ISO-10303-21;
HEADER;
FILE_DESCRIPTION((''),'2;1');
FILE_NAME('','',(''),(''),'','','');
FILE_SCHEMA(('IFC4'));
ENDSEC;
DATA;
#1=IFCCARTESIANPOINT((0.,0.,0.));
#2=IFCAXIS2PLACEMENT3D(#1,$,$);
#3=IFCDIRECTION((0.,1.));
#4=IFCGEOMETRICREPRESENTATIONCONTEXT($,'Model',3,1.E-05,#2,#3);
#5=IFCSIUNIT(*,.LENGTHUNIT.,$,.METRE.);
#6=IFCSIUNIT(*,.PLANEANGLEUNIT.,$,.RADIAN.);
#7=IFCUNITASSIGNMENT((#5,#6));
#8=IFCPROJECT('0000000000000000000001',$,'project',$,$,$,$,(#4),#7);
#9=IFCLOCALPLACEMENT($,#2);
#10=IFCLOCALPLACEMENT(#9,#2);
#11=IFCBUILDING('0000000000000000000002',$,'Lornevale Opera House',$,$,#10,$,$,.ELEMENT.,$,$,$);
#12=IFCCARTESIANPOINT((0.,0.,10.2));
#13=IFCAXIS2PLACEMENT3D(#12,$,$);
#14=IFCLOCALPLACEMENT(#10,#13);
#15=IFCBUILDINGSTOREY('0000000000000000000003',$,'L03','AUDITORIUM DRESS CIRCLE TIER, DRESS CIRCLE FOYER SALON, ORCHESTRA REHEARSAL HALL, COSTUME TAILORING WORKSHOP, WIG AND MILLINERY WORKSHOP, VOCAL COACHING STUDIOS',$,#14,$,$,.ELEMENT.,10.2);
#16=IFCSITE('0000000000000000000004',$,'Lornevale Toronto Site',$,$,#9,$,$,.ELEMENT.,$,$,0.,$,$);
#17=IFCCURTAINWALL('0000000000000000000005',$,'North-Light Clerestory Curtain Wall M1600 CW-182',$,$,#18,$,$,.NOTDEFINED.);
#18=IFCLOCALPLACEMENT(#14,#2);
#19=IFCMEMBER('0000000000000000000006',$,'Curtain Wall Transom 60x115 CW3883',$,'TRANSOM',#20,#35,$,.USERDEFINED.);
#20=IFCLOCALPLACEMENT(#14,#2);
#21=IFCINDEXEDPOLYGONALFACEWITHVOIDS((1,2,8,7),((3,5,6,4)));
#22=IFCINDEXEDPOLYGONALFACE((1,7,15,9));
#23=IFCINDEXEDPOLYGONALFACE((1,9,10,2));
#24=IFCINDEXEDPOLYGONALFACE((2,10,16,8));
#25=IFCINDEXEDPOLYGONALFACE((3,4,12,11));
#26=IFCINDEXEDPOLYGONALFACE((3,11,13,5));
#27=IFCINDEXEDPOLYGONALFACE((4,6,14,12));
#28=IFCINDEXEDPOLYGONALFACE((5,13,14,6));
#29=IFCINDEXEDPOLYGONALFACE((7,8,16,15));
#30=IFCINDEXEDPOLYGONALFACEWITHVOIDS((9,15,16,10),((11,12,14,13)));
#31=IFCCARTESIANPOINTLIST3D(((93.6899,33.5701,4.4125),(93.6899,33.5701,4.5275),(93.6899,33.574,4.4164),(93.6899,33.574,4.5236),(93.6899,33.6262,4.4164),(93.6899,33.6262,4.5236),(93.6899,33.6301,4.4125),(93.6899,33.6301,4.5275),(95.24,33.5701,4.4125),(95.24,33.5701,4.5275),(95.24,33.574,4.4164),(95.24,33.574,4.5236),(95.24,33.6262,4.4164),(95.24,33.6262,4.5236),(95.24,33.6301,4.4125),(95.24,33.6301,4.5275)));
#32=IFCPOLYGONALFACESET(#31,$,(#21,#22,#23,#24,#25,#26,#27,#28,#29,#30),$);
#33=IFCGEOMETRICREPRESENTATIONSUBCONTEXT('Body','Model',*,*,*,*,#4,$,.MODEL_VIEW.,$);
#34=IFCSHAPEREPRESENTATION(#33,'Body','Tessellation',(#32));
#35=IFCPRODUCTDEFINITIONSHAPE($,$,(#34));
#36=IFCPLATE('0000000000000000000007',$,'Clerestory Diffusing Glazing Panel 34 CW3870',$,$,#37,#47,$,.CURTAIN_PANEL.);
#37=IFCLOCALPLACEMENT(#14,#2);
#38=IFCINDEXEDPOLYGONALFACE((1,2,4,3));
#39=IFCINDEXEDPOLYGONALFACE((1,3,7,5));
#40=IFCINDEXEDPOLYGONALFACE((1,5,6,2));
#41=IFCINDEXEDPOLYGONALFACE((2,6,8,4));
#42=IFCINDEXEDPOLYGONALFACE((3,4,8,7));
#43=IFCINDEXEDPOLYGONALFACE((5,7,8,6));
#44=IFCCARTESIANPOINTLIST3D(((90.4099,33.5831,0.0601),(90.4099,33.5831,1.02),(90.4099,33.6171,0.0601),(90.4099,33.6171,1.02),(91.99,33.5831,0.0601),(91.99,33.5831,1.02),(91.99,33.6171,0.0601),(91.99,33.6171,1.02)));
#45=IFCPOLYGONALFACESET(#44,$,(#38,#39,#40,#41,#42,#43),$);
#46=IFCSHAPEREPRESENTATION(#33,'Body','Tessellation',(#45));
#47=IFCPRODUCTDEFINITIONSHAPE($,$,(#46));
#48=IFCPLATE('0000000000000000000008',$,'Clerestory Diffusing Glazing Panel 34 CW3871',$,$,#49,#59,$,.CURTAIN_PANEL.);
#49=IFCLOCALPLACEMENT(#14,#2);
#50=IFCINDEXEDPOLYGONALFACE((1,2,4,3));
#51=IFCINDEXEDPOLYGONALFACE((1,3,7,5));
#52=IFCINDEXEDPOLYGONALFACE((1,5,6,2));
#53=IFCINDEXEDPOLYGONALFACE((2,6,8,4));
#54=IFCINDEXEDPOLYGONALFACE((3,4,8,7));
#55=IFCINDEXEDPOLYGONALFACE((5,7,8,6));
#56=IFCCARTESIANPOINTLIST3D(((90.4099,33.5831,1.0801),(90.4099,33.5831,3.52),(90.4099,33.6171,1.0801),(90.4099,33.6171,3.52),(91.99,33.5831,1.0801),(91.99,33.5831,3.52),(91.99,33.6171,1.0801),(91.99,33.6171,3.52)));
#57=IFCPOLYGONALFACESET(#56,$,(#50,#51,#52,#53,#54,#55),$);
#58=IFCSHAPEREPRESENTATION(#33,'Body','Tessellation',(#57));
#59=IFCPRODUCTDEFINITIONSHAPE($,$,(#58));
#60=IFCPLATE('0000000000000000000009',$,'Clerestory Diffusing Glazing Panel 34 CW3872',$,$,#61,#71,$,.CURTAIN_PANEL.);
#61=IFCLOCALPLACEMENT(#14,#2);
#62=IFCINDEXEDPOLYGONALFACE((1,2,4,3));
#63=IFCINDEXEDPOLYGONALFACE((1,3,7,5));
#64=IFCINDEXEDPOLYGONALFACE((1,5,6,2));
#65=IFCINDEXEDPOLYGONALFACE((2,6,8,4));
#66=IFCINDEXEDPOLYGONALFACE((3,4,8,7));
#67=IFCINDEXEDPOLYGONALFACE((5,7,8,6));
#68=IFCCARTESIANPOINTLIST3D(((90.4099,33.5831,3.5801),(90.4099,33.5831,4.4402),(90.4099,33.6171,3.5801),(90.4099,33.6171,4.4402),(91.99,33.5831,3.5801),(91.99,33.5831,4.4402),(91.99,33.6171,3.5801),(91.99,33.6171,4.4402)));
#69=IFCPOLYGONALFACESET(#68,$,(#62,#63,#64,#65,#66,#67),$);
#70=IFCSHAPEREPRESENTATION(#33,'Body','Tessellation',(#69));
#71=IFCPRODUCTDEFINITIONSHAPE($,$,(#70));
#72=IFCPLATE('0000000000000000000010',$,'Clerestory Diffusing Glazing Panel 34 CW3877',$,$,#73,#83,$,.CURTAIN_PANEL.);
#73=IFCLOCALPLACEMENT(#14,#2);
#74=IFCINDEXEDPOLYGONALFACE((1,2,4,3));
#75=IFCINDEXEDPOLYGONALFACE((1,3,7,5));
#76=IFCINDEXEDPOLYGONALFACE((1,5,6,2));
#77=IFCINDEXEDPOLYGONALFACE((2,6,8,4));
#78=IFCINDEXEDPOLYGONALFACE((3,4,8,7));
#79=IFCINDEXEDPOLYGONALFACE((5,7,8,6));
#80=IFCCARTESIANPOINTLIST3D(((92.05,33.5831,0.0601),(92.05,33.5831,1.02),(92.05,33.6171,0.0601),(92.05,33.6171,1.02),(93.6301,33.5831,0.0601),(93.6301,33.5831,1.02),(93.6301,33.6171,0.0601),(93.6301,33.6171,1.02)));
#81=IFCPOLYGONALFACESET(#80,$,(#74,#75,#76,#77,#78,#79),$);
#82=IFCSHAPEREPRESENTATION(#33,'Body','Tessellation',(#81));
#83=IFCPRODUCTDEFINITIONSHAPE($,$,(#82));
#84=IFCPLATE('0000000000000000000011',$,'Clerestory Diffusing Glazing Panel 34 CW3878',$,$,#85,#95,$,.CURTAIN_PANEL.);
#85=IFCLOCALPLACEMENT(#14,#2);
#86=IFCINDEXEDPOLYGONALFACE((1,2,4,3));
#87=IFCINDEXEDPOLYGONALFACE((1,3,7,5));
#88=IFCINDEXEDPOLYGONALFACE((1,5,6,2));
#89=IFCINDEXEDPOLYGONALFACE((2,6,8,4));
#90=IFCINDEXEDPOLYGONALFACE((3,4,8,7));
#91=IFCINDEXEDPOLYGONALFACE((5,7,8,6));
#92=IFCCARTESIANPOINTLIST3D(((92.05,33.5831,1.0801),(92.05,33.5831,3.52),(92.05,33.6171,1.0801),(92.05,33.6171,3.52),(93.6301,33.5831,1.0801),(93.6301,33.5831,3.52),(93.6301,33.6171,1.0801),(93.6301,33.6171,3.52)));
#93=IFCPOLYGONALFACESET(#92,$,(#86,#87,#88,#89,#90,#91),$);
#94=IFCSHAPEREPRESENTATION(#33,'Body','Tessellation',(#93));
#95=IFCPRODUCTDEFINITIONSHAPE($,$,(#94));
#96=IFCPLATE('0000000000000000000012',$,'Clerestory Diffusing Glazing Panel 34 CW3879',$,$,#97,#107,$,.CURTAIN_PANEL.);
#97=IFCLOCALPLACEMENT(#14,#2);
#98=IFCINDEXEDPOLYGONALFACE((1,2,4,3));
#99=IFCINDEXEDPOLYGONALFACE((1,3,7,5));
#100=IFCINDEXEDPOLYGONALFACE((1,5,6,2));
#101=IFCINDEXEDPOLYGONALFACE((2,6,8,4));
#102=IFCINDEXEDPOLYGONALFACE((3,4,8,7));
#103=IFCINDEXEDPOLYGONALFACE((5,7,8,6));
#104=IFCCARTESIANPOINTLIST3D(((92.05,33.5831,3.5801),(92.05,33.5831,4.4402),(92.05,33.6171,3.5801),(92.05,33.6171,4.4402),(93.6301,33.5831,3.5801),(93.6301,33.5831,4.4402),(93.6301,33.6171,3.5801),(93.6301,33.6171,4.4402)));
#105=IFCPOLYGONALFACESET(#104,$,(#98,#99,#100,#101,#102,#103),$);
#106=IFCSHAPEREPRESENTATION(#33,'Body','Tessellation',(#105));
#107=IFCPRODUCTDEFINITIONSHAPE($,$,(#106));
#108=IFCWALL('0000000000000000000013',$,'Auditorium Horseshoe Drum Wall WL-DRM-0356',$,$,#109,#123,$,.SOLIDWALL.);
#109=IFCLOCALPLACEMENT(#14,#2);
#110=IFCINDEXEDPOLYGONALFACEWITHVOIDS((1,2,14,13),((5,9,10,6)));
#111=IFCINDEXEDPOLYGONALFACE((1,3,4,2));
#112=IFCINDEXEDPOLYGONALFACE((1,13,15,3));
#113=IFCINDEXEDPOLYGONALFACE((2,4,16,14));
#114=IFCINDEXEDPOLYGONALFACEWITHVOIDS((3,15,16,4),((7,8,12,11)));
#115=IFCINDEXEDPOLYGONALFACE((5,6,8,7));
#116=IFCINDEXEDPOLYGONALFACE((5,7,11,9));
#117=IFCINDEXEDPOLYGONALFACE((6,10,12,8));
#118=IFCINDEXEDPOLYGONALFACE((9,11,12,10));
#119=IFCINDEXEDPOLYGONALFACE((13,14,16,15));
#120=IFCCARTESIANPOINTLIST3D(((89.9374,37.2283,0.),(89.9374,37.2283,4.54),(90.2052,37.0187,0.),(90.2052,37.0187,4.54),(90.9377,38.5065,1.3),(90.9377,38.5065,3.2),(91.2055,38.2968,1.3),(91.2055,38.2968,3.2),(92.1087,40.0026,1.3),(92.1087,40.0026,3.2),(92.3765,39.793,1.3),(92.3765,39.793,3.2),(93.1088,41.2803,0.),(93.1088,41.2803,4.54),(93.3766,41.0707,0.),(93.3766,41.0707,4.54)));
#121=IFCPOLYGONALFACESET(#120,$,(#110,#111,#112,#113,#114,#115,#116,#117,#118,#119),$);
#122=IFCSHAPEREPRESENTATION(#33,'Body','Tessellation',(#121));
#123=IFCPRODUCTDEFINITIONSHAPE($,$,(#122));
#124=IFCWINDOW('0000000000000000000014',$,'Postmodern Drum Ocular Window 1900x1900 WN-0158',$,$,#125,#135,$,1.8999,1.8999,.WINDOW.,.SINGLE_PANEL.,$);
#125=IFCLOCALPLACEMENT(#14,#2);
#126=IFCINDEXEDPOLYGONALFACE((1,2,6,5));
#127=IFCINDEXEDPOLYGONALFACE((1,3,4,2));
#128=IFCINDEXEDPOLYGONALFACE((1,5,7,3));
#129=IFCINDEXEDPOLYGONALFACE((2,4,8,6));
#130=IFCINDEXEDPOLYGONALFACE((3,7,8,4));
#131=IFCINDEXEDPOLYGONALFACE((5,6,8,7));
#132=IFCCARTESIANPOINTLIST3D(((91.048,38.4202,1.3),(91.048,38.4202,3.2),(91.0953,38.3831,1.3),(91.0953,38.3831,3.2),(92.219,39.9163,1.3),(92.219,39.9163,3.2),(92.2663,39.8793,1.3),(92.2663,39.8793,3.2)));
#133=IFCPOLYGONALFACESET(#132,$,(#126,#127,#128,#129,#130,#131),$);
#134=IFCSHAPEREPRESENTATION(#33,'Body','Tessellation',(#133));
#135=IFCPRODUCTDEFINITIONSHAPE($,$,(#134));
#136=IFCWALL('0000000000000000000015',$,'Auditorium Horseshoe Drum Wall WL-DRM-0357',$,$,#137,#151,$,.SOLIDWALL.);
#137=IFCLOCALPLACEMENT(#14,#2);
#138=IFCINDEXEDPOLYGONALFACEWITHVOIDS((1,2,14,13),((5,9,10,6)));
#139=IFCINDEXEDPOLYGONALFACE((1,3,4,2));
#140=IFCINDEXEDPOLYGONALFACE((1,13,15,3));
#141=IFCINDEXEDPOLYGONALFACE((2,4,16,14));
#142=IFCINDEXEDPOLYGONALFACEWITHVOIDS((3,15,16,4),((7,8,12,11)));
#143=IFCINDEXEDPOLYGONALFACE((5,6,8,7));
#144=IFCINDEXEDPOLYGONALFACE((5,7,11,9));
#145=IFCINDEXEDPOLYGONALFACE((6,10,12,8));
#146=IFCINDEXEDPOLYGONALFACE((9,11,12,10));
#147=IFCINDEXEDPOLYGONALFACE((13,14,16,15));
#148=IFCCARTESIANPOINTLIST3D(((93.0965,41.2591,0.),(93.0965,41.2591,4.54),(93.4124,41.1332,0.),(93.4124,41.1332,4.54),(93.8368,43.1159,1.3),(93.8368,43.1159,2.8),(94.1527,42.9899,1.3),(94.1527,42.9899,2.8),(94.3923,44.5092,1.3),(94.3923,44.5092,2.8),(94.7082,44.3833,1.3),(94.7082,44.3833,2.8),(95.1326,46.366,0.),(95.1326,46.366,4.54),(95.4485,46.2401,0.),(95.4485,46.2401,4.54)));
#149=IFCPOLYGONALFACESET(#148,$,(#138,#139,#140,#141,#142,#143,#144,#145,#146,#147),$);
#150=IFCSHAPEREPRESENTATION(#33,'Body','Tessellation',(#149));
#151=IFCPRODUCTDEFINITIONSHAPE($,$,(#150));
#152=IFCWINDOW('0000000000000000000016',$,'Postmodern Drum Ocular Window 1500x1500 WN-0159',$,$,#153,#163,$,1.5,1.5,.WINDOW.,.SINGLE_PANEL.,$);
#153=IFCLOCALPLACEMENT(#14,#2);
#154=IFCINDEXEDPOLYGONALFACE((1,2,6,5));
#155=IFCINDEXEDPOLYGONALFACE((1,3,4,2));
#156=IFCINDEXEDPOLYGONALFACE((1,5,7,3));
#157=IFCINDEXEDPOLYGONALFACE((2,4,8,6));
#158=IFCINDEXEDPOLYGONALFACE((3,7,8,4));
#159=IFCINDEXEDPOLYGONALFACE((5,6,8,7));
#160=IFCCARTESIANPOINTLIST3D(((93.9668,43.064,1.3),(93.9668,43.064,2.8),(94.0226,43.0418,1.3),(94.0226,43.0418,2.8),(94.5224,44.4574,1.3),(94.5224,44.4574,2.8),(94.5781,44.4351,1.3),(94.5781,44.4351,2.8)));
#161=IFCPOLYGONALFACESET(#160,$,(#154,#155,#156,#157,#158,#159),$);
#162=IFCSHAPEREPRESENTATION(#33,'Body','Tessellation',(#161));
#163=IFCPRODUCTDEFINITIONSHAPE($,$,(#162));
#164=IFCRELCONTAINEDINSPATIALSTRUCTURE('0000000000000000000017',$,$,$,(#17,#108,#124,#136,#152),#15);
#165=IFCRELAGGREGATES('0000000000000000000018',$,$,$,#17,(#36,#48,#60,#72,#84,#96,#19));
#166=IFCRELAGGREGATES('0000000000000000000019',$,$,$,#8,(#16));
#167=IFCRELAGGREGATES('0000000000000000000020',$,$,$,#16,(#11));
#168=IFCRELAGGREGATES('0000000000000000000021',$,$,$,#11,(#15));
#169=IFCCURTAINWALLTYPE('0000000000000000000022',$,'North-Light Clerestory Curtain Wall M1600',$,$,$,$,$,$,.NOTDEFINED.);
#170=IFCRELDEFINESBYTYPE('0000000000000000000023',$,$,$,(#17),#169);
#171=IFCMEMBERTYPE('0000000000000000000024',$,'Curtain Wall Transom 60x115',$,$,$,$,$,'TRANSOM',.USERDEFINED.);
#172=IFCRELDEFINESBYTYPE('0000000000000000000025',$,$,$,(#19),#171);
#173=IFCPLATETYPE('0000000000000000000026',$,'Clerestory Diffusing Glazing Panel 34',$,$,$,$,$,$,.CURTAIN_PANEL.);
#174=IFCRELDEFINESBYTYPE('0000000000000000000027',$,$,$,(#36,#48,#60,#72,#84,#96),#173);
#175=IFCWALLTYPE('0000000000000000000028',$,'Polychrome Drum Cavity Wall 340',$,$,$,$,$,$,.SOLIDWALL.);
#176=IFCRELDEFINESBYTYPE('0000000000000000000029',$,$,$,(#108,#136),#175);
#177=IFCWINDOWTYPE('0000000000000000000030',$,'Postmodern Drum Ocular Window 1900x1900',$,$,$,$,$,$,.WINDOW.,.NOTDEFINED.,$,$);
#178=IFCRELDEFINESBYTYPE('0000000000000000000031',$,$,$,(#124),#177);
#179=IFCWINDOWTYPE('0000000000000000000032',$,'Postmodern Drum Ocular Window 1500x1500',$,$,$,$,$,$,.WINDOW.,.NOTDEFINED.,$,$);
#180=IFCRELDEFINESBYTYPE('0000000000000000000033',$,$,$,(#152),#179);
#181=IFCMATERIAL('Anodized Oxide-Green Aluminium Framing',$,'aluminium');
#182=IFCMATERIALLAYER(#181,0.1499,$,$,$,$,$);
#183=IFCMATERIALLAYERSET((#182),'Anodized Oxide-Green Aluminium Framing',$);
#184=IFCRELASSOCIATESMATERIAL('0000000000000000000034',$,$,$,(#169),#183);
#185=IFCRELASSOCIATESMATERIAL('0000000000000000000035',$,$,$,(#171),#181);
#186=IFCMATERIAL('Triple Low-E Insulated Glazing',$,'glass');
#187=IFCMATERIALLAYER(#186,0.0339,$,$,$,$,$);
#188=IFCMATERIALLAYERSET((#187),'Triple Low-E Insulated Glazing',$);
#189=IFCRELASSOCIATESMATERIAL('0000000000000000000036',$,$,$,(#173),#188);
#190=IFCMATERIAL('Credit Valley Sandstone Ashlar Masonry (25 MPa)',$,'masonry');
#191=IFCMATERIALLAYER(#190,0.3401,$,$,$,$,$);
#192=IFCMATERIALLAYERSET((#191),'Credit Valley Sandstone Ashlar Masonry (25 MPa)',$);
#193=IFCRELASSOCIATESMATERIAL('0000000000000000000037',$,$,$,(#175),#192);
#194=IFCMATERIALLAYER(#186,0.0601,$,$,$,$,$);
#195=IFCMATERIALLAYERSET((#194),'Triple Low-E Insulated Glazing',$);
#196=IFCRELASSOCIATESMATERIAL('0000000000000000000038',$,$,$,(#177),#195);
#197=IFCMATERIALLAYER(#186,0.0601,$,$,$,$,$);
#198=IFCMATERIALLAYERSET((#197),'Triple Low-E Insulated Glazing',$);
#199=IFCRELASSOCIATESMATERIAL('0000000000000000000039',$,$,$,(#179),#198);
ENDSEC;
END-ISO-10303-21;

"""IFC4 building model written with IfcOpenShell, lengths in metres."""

from ifc_helpers import new_model, si_unit, direction, frame, frame_2d, origin, origin_2d, place, context, subcontext, project, spatial, rectangle, hollow_rectangle, extrude, material, layer, layer_set, material_profile, profile_set, type_object, element, fill, aggregate, save


model = new_model("IFC4")

# Units and contexts
model_context = context("Model", 3, precision=1e-05, world=origin(), true_north=direction((0.0, 1.0)))
body_context = subcontext(model_context, "Body", "Model", "MODEL_VIEW")
ifc_project = project(units=[si_unit("LENGTHUNIT", "METRE"), si_unit("PLANEANGLEUNIT", "RADIAN")], contexts=[model_context])

# Site, building, storey
site_placement = place(None, origin())
site = spatial("IfcSite", under=ifc_project, at=site_placement, Name="Lornevale Toronto Site", CompositionType="ELEMENT", RefElevation=0.0)
building_placement = place(site_placement, origin())
building = spatial("IfcBuilding", under=site, at=building_placement, Name="Lornevale Opera House", CompositionType="ELEMENT")
storey_placement = place(building_placement, frame((0.0, 0.0, 10.2)))
storey = spatial("IfcBuildingStorey", under=building, at=storey_placement, Name="L03", Description="AUDITORIUM DRESS CIRCLE TIER, DRESS CIRCLE FOYER SALON, ORCHESTRA REHEARSAL HALL, COSTUME TAILORING WORKSHOP, WIG AND MILLINERY WORKSHOP, VOCAL COACHING STUDIOS", CompositionType="ELEMENT", Elevation=10.2)

# Curtain wall, member, plates
ifc_material_1 = material(Name="Anodized Oxide-Green Aluminium Framing", Category="aluminium")
ifc_layer_1 = layer(ifc_material_1, 0.1499)
ifc_layer_set_1 = layer_set([ifc_layer_1], Name="Anodized Oxide-Green Aluminium Framing")
curtain_wall_type = type_object("IfcCurtainWallType", Name="North-Light Clerestory Curtain Wall M1600", PredefinedType="NOTDEFINED", material=ifc_layer_set_1)
curtain_wall_placement = place(storey_placement, origin())
curtain_wall = element("IfcCurtainWall", 1, at=curtain_wall_placement, inside=storey, type_object=curtain_wall_type, Name="North-Light Clerestory Curtain Wall M1600 CW-182", PredefinedType="NOTDEFINED")
ifc_material_profile_1 = material_profile(ifc_material_1, hollow_rectangle(XDim=0.0601, YDim=0.115, WallThickness=0.0039, at=origin_2d()), Name="ALU60x115x4")
ifc_profile_set_1 = profile_set([ifc_material_profile_1], Name="Anodized Oxide-Green Aluminium Framing")
member_type_1 = type_object("IfcMemberType", Name="Curtain Wall Transom 60x115", ElementType="TRANSOM", PredefinedType="USERDEFINED", material=ifc_profile_set_1)
member_1_placement = place(storey_placement, frame((93.6899, 33.6001, 4.47), z_axis=(1.0, 0.0, 0.0), x_axis=(0.0, 1.0, 0.0)))
member_1 = element("IfcMember", 2, at=member_1_placement, type_object=member_type_1, Name="Curtain Wall Transom 60x115 CW3883", ObjectType="TRANSOM", PredefinedType="USERDEFINED", context=body_context, shape_type="SweptSolid", body=[
    extrude(hollow_rectangle(XDim=0.0601, YDim=0.115, WallThickness=0.0039, at=origin_2d()), origin(), (0.0, 0.0, 1.0), 1.55),
])
ifc_material_2 = material(Name="Triple Low-E Insulated Glazing", Category="glass")
ifc_layer_2 = layer(ifc_material_2, 0.0339)
ifc_layer_set_2 = layer_set([ifc_layer_2], Name="Triple Low-E Insulated Glazing")
plate_type = type_object("IfcPlateType", Name="Clerestory Diffusing Glazing Panel 34", PredefinedType="CURTAIN_PANEL", material=ifc_layer_set_2)
plate_1_placement = place(storey_placement, frame((91.2, 33.6001, 0.0601), z_axis=(0.0, 0.0, 1.0), x_axis=(1.0, 0.0, 0.0)))
plate_1 = element("IfcPlate", 3, at=plate_1_placement, type_object=plate_type, Name="Clerestory Diffusing Glazing Panel 34 CW3870", PredefinedType="CURTAIN_PANEL", context=body_context, shape_type="SweptSolid", body=[
    extrude(rectangle(XDim=1.5801, YDim=0.0339, at=origin_2d()), origin(), (0.0, 0.0, 1.0), 0.96),
])
plate_2_placement = place(storey_placement, frame((91.2, 33.6001, 1.0801), z_axis=(0.0, 0.0, 1.0), x_axis=(1.0, 0.0, 0.0)))
plate_2 = element("IfcPlate", 4, at=plate_2_placement, type_object=plate_type, Name="Clerestory Diffusing Glazing Panel 34 CW3871", PredefinedType="CURTAIN_PANEL", context=body_context, shape_type="SweptSolid", body=[
    extrude(rectangle(XDim=1.5801, YDim=0.0339, at=origin_2d()), origin(), (0.0, 0.0, 1.0), 2.4399),
])
plate_3_placement = place(storey_placement, frame((91.2, 33.6001, 3.5801), z_axis=(0.0, 0.0, 1.0), x_axis=(1.0, 0.0, 0.0)))
plate_3 = element("IfcPlate", 5, at=plate_3_placement, type_object=plate_type, Name="Clerestory Diffusing Glazing Panel 34 CW3872", PredefinedType="CURTAIN_PANEL", context=body_context, shape_type="SweptSolid", body=[
    extrude(rectangle(XDim=1.5801, YDim=0.0339, at=origin_2d()), origin(), (0.0, 0.0, 1.0), 0.8601),
])
plate_4_placement = place(storey_placement, frame((92.8401, 33.6001, 0.0601), z_axis=(0.0, 0.0, 1.0), x_axis=(1.0, 0.0, 0.0)))
plate_4 = element("IfcPlate", 6, at=plate_4_placement, type_object=plate_type, Name="Clerestory Diffusing Glazing Panel 34 CW3877", PredefinedType="CURTAIN_PANEL", context=body_context, shape_type="SweptSolid", body=[
    extrude(rectangle(XDim=1.5801, YDim=0.0339, at=origin_2d()), origin(), (0.0, 0.0, 1.0), 0.96),
])
plate_5_placement = place(storey_placement, frame((92.8401, 33.6001, 1.0801), z_axis=(0.0, 0.0, 1.0), x_axis=(1.0, 0.0, 0.0)))
plate_5 = element("IfcPlate", 7, at=plate_5_placement, type_object=plate_type, Name="Clerestory Diffusing Glazing Panel 34 CW3878", PredefinedType="CURTAIN_PANEL", context=body_context, shape_type="SweptSolid", body=[
    extrude(rectangle(XDim=1.5801, YDim=0.0339, at=origin_2d()), origin(), (0.0, 0.0, 1.0), 2.4399),
])
plate_6_placement = place(storey_placement, frame((92.8401, 33.6001, 3.5801), z_axis=(0.0, 0.0, 1.0), x_axis=(1.0, 0.0, 0.0)))
plate_6 = element("IfcPlate", 8, at=plate_6_placement, type_object=plate_type, Name="Clerestory Diffusing Glazing Panel 34 CW3879", PredefinedType="CURTAIN_PANEL", context=body_context, shape_type="SweptSolid", body=[
    extrude(rectangle(XDim=1.5801, YDim=0.0339, at=origin_2d()), origin(), (0.0, 0.0, 1.0), 0.8601),
])
aggregate(curtain_wall, [plate_1, plate_2, plate_3, plate_4, plate_5, plate_6, member_1])

# Walls, openings, windows
ifc_material_3 = material(Name="Credit Valley Sandstone Ashlar Masonry (25 MPa)", Category="masonry")
ifc_layer_3 = layer(ifc_material_3, 0.3401)
ifc_layer_set_3 = layer_set([ifc_layer_3], Name="Credit Valley Sandstone Ashlar Masonry (25 MPa)")
wall_type = type_object("IfcWallType", Name="Polychrome Drum Cavity Wall 340", PredefinedType="SOLIDWALL", material=ifc_layer_set_3)
wall_1_placement = place(storey_placement, frame((90.0713, 37.1235, 0.0), z_axis=(0.0, 0.0, 1.0), x_axis=(0.616339, 0.787481, 0.0)))
wall_1 = element("IfcWall", 9, at=wall_1_placement, inside=storey, type_object=wall_type, Name="Auditorium Horseshoe Drum Wall WL-DRM-0356", PredefinedType="SOLIDWALL", context=body_context, shape_type="SweptSolid", body=[
    extrude(rectangle(XDim=5.1455, YDim=0.3401, at=frame_2d((2.5728, 0.0))), origin(), (0.0, 0.0, 1.0), 4.54),
])
opening_1_placement = place(wall_1_placement, frame((1.623, 0.0, 1.3)))
opening_1 = element("IfcOpeningElement", 10, at=opening_1_placement, cuts=wall_1, PredefinedType="OPENING", context=body_context, shape_type="SweptSolid", body=[
    extrude(rectangle(XDim=1.8999, YDim=1.8999, at=frame_2d((0.95, 0.95))), frame((0.0, 0.1799, 0.0), z_axis=(0.0, -1.0, 0.0), x_axis=(1.0, 0.0, 0.0)), (0.0, 0.0, 1.0), 0.3601),
])
ifc_layer_4 = layer(ifc_material_2, 0.0601)
ifc_layer_set_4 = layer_set([ifc_layer_4], Name="Triple Low-E Insulated Glazing")
window_type_1 = type_object("IfcWindowType", Name="Postmodern Drum Ocular Window 1900x1900", PartitioningType="NOTDEFINED", PredefinedType="WINDOW", material=ifc_layer_set_4)
window_1_placement = place(opening_1_placement, origin())
window_1 = element("IfcWindow", 11, at=window_1_placement, inside=storey, type_object=window_type_1, Name="Postmodern Drum Ocular Window 1900x1900 WN-0158", OverallHeight=1.8999, OverallWidth=1.8999, PartitioningType="SINGLE_PANEL", PredefinedType="WINDOW", context=body_context, shape_type="SweptSolid", body=[
    extrude(rectangle(XDim=1.8999, YDim=1.8999, at=frame_2d((0.95, 0.95))), frame((0.0, 0.03, 0.0), z_axis=(0.0, -1.0, 0.0), x_axis=(1.0, 0.0, 0.0)), (0.0, 0.0, 1.0), 0.0601),
])
fill(opening_1, window_1)
wall_2_placement = place(storey_placement, frame((93.2544, 41.196, 0.0), z_axis=(0.0, 0.0, 1.0), x_axis=(0.370349, 0.928893, 0.0)))
wall_2 = element("IfcWall", 12, at=wall_2_placement, inside=storey, type_object=wall_type, Name="Auditorium Horseshoe Drum Wall WL-DRM-0357", PredefinedType="SOLIDWALL", context=body_context, shape_type="SweptSolid", body=[
    extrude(rectangle(XDim=5.4978, YDim=0.3401, at=frame_2d((2.749, 0.0))), origin(), (0.0, 0.0, 1.0), 4.54),
])
opening_2_placement = place(wall_2_placement, frame((1.999, 0.0, 1.3)))
opening_2 = element("IfcOpeningElement", 13, at=opening_2_placement, cuts=wall_2, PredefinedType="OPENING", context=body_context, shape_type="SweptSolid", body=[
    extrude(rectangle(XDim=1.5, YDim=1.5, at=frame_2d((0.75, 0.75))), frame((0.0, 0.1799, 0.0), z_axis=(0.0, -1.0, 0.0), x_axis=(1.0, 0.0, 0.0)), (0.0, 0.0, 1.0), 0.3601),
])
ifc_layer_5 = layer(ifc_material_2, 0.0601)
ifc_layer_set_5 = layer_set([ifc_layer_5], Name="Triple Low-E Insulated Glazing")
window_type_2 = type_object("IfcWindowType", Name="Postmodern Drum Ocular Window 1500x1500", PartitioningType="NOTDEFINED", PredefinedType="WINDOW", material=ifc_layer_set_5)
window_2_placement = place(opening_2_placement, origin())
window_2 = element("IfcWindow", 14, at=window_2_placement, inside=storey, type_object=window_type_2, Name="Postmodern Drum Ocular Window 1500x1500 WN-0159", OverallHeight=1.5, OverallWidth=1.5, PartitioningType="SINGLE_PANEL", PredefinedType="WINDOW", context=body_context, shape_type="SweptSolid", body=[
    extrude(rectangle(XDim=1.5, YDim=1.5, at=frame_2d((0.75, 0.75))), frame((0.0, 0.03, 0.0), z_axis=(0.0, -1.0, 0.0), x_axis=(1.0, 0.0, 0.0)), (0.0, 0.0, 1.0), 0.0601),
])
fill(opening_2, window_2)

save(model, "model.ifc")
